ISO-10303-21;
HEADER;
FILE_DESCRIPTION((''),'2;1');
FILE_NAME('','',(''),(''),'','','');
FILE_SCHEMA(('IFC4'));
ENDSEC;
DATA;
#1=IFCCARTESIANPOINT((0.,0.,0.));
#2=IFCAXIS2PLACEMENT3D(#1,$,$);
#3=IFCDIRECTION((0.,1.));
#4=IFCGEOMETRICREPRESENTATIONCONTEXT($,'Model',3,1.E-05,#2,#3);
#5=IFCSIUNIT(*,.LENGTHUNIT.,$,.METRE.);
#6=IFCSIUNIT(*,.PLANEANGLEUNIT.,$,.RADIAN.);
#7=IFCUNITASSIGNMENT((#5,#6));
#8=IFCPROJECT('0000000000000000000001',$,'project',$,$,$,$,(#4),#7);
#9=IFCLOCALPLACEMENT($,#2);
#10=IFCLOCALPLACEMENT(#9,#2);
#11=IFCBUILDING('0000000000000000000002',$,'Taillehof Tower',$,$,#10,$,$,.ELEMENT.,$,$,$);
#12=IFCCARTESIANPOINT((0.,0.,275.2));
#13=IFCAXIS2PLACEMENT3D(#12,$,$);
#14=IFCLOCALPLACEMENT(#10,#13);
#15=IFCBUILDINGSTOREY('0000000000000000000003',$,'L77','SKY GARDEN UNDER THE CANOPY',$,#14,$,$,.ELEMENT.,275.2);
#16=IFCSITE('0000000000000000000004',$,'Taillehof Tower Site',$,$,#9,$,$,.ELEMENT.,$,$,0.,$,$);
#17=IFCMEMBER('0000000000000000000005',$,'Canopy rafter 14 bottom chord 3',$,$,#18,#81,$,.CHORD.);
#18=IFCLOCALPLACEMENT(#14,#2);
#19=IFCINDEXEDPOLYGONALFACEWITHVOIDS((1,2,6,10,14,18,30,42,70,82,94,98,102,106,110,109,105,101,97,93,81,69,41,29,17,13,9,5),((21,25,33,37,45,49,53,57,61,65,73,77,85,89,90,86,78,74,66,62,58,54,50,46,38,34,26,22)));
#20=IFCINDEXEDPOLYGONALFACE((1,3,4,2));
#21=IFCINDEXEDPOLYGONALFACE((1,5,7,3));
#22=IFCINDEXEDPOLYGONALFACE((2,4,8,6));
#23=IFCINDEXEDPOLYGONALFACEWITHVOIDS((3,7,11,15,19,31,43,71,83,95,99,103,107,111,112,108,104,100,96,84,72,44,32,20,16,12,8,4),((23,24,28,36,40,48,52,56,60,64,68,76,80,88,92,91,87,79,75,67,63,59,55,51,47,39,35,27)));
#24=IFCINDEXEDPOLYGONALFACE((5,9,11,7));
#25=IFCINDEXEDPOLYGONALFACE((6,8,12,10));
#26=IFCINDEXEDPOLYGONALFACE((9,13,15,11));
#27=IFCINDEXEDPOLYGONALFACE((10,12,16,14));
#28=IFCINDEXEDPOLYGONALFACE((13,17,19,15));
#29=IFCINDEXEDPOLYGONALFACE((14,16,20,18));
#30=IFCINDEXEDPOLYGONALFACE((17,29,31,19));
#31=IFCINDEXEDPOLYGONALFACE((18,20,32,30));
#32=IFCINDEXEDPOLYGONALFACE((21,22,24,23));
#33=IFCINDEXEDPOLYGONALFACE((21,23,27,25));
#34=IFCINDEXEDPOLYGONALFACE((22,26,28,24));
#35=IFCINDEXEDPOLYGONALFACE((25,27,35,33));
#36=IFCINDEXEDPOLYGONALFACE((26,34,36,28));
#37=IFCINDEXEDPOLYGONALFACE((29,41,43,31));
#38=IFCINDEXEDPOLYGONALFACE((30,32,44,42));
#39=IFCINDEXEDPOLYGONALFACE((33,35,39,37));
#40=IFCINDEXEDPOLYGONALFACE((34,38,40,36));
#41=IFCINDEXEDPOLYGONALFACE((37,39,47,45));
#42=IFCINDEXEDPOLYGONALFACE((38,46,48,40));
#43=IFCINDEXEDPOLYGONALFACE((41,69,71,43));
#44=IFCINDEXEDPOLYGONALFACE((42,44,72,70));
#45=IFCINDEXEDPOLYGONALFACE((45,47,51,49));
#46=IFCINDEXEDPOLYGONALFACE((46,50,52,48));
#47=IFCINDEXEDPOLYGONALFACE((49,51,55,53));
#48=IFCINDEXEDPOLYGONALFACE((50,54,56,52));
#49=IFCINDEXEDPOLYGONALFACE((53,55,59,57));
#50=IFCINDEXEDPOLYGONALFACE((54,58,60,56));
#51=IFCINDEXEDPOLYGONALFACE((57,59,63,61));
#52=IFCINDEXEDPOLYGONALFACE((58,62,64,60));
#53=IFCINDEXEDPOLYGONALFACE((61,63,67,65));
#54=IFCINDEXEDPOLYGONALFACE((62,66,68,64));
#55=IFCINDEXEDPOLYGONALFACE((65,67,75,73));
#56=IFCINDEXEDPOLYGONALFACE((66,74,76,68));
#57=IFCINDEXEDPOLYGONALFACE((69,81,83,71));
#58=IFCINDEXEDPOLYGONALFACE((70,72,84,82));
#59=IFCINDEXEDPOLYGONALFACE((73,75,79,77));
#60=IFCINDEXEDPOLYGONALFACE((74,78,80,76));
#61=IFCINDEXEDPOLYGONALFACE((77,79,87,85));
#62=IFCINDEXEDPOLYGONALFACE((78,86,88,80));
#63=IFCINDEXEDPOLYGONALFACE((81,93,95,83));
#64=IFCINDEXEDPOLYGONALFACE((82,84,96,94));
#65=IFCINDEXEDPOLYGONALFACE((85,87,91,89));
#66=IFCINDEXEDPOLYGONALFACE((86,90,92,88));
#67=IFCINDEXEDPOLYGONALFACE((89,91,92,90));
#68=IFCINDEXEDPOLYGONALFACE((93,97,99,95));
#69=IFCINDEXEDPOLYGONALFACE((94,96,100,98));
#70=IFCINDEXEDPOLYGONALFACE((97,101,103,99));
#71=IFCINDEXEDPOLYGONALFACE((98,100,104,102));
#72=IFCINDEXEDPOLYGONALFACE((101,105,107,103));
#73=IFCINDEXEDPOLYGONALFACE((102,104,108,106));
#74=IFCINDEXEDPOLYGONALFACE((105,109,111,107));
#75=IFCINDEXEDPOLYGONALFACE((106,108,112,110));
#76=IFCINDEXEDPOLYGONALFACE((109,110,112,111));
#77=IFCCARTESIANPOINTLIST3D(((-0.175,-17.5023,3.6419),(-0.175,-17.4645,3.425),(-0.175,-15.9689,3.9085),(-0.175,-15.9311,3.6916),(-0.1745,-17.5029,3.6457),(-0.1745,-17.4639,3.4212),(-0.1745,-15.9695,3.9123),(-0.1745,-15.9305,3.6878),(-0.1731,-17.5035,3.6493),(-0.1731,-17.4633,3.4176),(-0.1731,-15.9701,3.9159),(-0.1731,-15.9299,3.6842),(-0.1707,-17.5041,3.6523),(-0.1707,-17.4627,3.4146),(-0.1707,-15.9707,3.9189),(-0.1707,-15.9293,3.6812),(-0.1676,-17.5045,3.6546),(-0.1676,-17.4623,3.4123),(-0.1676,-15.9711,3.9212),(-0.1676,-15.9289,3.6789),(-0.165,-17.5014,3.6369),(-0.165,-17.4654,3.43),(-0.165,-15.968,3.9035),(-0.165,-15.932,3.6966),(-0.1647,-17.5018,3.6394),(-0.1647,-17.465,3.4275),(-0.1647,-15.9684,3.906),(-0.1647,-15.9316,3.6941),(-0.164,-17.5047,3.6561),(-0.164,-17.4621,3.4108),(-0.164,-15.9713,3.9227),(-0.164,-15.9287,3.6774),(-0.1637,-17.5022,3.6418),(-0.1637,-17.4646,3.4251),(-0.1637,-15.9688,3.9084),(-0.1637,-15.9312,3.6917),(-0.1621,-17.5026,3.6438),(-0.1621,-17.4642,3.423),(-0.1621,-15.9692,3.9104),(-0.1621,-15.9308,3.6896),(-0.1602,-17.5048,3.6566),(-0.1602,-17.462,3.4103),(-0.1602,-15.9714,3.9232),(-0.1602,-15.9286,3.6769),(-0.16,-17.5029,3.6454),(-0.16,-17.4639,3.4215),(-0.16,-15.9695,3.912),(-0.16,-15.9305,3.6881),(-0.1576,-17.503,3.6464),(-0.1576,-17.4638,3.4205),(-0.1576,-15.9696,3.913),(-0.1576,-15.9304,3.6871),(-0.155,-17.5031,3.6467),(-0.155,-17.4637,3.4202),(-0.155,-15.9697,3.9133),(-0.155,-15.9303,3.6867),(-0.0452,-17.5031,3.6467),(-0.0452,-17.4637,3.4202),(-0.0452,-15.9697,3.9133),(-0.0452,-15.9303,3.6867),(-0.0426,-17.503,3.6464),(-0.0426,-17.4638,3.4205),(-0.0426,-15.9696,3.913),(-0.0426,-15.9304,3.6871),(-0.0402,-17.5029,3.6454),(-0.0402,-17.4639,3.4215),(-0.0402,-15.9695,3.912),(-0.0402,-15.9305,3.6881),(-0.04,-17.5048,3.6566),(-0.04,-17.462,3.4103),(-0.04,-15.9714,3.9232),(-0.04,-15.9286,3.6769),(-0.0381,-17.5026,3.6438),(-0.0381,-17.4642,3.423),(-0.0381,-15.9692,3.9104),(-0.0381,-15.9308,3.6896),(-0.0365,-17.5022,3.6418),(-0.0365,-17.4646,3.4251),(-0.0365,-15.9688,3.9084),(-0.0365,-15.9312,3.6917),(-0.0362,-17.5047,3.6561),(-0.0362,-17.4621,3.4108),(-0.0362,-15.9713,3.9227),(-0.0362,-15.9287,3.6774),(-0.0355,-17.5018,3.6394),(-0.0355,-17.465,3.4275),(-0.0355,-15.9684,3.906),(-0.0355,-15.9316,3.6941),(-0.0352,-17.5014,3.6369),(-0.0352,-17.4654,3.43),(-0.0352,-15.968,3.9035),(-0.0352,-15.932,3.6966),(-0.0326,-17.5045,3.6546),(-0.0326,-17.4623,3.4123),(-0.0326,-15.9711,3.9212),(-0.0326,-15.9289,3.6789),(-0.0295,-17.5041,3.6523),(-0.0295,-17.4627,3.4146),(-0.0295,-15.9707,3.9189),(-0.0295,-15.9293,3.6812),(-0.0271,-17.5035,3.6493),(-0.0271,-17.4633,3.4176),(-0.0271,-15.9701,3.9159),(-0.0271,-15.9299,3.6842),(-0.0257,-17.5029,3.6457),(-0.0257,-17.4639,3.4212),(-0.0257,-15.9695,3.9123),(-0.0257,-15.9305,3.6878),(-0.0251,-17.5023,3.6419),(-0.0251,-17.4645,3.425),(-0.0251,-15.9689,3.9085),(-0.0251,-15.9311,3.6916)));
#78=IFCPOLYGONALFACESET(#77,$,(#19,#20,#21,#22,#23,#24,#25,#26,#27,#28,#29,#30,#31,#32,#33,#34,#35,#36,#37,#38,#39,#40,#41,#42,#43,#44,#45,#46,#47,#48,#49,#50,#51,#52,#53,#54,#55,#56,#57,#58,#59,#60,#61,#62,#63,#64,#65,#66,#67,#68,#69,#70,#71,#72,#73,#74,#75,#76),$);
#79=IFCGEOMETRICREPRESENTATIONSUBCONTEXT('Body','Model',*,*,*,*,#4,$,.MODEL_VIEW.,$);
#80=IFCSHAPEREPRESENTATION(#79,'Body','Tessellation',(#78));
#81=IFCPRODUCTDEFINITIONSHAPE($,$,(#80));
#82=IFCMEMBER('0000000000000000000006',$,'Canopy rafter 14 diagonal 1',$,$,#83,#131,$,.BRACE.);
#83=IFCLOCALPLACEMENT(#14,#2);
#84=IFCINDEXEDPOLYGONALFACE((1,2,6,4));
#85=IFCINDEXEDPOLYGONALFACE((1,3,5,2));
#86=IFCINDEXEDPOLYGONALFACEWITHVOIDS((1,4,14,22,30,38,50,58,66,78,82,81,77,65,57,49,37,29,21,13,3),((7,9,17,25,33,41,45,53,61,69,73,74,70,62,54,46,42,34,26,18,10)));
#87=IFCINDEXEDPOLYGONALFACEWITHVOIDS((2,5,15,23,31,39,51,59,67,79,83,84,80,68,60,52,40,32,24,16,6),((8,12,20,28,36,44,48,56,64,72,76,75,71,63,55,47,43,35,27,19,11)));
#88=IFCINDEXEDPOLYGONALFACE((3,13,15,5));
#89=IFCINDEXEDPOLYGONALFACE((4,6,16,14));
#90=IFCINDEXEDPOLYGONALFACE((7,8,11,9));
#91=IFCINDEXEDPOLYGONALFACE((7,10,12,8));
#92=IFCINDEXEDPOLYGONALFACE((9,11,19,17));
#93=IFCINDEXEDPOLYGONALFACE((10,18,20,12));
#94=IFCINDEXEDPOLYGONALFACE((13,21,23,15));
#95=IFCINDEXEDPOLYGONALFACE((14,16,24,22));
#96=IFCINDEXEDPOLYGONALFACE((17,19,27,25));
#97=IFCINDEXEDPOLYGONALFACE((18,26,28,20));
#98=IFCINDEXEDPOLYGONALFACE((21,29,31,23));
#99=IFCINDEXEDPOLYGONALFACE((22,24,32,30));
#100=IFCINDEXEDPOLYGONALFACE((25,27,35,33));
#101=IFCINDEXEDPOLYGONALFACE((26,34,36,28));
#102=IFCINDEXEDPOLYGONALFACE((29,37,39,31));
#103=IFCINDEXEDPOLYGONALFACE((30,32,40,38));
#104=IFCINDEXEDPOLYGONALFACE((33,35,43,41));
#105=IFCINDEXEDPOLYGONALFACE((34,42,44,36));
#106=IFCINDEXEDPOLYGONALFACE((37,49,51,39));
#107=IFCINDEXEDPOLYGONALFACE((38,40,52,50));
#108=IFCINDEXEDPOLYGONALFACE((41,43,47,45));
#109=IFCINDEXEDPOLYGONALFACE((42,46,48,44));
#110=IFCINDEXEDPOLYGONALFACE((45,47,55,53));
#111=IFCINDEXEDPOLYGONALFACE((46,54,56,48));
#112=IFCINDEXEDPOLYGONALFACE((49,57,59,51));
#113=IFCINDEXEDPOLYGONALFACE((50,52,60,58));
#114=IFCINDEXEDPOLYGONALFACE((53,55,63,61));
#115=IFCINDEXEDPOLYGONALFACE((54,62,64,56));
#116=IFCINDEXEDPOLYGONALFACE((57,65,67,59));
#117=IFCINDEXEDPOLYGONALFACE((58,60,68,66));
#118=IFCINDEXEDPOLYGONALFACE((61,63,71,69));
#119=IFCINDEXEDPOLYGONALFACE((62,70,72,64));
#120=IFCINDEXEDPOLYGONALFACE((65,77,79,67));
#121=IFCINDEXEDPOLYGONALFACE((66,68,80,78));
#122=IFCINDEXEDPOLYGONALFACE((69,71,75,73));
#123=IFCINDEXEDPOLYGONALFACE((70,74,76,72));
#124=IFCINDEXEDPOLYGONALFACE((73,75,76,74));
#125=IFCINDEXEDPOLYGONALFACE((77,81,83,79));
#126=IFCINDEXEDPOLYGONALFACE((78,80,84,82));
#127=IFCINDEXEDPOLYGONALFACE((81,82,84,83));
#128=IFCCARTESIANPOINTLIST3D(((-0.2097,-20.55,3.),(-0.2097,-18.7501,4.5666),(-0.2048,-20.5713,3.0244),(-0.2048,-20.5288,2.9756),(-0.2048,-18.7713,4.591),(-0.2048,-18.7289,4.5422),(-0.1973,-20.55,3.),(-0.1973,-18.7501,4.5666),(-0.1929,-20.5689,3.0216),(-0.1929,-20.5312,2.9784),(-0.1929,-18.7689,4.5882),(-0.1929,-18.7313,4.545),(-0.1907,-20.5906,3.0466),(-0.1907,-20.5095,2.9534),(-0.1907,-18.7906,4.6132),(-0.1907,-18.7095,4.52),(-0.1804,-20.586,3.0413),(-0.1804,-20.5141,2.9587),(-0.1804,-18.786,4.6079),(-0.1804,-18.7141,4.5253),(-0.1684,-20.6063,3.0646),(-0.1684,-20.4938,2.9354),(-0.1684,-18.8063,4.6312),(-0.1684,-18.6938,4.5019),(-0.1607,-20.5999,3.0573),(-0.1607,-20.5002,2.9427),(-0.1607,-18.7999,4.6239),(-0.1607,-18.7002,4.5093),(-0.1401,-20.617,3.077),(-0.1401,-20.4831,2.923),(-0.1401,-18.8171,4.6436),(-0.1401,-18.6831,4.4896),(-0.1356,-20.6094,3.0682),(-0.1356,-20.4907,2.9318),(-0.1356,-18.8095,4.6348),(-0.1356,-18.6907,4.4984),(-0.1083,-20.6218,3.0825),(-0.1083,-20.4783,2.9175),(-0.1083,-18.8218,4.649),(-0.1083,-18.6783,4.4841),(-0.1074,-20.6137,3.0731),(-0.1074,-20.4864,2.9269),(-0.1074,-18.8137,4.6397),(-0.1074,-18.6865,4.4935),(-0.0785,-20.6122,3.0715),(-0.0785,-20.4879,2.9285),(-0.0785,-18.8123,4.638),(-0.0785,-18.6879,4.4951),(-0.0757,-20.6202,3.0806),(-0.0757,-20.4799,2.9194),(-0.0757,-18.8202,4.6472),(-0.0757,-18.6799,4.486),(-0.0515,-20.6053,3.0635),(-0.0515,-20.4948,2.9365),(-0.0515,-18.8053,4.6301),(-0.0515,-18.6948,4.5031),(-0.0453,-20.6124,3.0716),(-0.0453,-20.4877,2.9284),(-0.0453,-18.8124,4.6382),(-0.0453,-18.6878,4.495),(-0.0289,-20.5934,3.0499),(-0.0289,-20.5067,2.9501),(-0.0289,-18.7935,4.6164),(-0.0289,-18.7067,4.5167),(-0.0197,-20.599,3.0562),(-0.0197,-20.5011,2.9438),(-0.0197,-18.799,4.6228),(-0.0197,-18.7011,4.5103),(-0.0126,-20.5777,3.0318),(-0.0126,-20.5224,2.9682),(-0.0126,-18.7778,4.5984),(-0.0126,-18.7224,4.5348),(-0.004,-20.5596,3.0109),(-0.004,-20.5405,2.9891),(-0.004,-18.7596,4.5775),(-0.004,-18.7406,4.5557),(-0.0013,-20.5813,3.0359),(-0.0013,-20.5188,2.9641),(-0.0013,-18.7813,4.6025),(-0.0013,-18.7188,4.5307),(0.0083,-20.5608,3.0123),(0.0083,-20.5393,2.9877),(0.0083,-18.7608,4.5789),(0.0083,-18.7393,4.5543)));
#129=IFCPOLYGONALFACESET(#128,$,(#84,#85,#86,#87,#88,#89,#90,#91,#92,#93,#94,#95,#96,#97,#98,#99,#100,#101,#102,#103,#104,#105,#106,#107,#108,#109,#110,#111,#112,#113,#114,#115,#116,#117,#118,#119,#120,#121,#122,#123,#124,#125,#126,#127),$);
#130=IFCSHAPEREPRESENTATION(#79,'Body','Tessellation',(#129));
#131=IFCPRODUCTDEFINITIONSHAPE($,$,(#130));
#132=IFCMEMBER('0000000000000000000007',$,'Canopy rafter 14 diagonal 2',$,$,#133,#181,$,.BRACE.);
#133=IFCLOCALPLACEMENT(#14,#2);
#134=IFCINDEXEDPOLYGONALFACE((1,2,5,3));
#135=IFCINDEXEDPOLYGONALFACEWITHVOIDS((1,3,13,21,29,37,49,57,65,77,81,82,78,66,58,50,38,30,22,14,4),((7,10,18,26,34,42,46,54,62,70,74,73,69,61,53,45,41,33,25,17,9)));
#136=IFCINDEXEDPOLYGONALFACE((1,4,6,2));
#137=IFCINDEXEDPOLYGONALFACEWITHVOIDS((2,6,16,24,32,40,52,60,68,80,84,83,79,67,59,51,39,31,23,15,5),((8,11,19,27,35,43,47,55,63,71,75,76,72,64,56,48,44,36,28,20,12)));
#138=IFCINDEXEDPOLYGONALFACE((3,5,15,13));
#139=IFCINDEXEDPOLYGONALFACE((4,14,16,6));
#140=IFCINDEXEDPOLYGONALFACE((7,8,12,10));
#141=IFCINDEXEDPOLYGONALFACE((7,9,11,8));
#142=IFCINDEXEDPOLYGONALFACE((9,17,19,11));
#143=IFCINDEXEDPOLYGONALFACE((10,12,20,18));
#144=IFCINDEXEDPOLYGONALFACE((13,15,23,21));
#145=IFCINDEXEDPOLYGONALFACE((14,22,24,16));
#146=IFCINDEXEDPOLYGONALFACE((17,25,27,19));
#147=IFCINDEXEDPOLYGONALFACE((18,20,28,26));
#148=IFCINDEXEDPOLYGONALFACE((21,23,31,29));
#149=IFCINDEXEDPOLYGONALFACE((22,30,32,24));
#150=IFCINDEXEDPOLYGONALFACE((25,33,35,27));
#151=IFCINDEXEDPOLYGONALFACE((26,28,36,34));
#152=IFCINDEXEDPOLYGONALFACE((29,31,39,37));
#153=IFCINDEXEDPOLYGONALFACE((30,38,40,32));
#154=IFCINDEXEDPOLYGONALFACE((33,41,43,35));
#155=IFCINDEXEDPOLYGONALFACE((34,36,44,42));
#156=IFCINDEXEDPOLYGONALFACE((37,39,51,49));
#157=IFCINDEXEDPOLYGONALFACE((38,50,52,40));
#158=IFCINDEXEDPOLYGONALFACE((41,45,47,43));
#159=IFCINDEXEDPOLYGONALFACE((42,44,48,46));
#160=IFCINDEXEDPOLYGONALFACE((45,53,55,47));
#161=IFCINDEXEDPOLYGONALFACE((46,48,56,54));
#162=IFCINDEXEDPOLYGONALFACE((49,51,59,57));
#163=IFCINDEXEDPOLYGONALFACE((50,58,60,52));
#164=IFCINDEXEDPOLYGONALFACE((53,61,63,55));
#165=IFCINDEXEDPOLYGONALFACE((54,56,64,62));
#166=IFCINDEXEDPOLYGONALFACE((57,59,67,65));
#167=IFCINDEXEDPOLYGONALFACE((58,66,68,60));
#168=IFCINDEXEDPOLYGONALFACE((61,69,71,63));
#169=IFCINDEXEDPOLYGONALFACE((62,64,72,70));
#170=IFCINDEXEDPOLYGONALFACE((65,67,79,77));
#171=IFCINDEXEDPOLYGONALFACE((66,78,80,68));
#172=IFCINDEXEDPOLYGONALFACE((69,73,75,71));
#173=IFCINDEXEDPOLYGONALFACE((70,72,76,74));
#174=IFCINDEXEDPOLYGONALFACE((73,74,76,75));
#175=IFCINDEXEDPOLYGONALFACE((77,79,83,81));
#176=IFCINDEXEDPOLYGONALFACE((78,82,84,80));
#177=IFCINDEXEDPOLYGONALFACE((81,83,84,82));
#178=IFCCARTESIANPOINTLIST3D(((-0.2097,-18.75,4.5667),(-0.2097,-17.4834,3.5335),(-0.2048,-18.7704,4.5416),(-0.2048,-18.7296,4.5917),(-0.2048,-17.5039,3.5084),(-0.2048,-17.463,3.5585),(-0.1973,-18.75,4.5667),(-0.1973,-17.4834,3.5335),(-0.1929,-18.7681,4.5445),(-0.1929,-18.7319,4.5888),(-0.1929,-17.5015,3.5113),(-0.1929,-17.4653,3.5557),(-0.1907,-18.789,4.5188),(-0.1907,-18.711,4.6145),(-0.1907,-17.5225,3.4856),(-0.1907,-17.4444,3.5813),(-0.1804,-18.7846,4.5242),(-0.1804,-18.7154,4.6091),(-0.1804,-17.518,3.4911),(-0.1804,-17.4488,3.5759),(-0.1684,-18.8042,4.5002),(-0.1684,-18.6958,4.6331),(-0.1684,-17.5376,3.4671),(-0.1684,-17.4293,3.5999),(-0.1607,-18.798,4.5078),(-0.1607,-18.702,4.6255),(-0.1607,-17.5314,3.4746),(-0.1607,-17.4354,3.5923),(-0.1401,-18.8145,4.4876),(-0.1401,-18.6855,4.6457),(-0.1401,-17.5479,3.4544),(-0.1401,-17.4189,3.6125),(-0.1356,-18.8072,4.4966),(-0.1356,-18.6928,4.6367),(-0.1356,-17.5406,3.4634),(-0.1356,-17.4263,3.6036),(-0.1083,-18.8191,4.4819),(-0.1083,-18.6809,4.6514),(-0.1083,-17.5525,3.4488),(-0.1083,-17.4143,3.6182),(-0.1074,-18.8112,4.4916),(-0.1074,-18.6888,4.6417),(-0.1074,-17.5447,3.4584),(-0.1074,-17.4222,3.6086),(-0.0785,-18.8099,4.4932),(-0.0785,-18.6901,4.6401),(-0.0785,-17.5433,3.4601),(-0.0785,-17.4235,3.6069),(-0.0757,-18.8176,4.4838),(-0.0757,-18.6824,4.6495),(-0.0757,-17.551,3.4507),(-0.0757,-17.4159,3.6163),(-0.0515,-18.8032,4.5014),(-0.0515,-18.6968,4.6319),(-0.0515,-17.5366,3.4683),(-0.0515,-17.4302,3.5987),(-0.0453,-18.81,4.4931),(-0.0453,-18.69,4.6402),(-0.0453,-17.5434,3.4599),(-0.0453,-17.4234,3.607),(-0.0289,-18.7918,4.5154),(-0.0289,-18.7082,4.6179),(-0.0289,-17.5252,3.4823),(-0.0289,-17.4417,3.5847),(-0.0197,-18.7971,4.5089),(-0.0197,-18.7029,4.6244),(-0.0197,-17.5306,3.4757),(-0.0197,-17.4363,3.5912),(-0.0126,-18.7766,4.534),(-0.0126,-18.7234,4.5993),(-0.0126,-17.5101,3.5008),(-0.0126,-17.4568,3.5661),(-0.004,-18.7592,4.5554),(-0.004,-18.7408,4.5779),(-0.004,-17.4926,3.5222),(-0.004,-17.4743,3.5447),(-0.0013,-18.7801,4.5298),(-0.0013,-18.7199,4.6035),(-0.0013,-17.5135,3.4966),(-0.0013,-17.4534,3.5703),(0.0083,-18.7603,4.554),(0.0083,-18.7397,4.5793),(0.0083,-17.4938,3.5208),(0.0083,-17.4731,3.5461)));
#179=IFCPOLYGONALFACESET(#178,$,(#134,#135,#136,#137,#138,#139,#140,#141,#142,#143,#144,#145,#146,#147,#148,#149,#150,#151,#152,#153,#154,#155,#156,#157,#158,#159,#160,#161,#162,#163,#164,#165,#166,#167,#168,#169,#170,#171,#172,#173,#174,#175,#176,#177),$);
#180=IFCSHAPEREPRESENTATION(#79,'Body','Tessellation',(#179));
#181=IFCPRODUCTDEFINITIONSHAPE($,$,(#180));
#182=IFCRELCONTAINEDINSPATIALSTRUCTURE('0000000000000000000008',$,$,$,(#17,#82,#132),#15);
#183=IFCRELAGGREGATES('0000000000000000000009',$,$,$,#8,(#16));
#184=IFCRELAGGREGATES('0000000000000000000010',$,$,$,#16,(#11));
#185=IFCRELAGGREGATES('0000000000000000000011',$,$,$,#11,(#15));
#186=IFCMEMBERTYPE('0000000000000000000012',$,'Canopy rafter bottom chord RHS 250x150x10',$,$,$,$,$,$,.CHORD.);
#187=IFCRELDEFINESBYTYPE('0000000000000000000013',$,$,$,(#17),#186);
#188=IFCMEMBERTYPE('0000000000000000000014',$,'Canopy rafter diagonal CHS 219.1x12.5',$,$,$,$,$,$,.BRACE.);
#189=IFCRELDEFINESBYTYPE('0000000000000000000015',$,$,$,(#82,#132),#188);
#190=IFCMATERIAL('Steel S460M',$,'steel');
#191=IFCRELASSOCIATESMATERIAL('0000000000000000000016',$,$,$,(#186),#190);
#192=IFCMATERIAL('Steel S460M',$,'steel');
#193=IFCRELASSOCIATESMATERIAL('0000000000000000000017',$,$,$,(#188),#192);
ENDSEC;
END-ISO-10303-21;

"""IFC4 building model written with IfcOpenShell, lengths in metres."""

from ifc_helpers import new_model, si_unit, direction, frame, origin, origin_2d, place, context, subcontext, project, spatial, hollow_rectangle, hollow_circle, extrude, material, material_profile, profile_set, type_object, element, save


model = new_model("IFC4")

# Units and contexts
model_context = context("Model", 3, precision=1e-05, world=origin(), true_north=direction((0.0, 1.0)))
body_context = subcontext(model_context, "Body", "Model", "MODEL_VIEW")
ifc_project = project(units=[si_unit("LENGTHUNIT", "METRE"), si_unit("PLANEANGLEUNIT", "RADIAN")], contexts=[model_context])

# Site, building, storey
site_placement = place(None, origin())
site = spatial("IfcSite", under=ifc_project, at=site_placement, Name="Taillehof Tower Site", CompositionType="ELEMENT", RefElevation=0.0)
building_placement = place(site_placement, origin())
building = spatial("IfcBuilding", under=site, at=building_placement, Name="Taillehof Tower", CompositionType="ELEMENT")
storey_placement = place(building_placement, frame((0.0, 0.0, 275.2)))
storey = spatial("IfcBuildingStorey", under=building, at=storey_placement, Name="L77", Description="SKY GARDEN UNDER THE CANOPY", CompositionType="ELEMENT", Elevation=275.2)

# Members
ifc_material_1 = material(Name="Steel S460M", Category="steel")
ifc_material_profile_1 = material_profile(ifc_material_1, hollow_rectangle(XDim=0.1499, YDim=0.25, WallThickness=0.01, InnerFilletRadius=0.01, OuterFilletRadius=0.0149, at=origin_2d()), Name="RHS 250x150x10")
ifc_profile_set_1 = profile_set([ifc_material_profile_1], Name="Steel S460M")
member_type_1 = type_object("IfcMemberType", Name="Canopy rafter bottom chord RHS 250x150x10", PredefinedType="CHORD", material=ifc_profile_set_1)
member_1_placement = place(storey_placement, frame((-0.1001, -17.4834, 3.5334), z_axis=(0.0, 0.985221, 0.171288), x_axis=(-1.0, 0.0, 0.0)))
element("IfcMember", 1, at=member_1_placement, inside=storey, type_object=member_type_1, Name="Canopy rafter 14 bottom chord 3", PredefinedType="CHORD", context=body_context, shape_type="SweptSolid", body=[
    extrude(hollow_rectangle(XDim=0.1499, YDim=0.25, WallThickness=0.01, InnerFilletRadius=0.01, OuterFilletRadius=0.0149, at=origin_2d()), origin(), (0.0, 0.0, 1.0), 1.5564),
])
ifc_material_2 = material(Name="Steel S460M", Category="steel")
ifc_material_profile_2 = material_profile(ifc_material_2, hollow_circle(Radius=0.1096, WallThickness=0.0125, at=origin_2d()), Name="CHS 219.1x12.5")
ifc_profile_set_2 = profile_set([ifc_material_profile_2], Name="Steel S460M")
member_type_2 = type_object("IfcMemberType", Name="Canopy rafter diagonal CHS 219.1x12.5", PredefinedType="BRACE", material=ifc_profile_set_2)
member_2_placement = place(storey_placement, frame((-0.1001, -20.55, 3.0), z_axis=(0.0, 0.754317, 0.65651), x_axis=(-1.0, 0.0, 0.0)))
element("IfcMember", 2, at=member_2_placement, inside=storey, type_object=member_type_2, Name="Canopy rafter 14 diagonal 1", PredefinedType="BRACE", context=body_context, shape_type="SweptSolid", body=[
    extrude(hollow_circle(Radius=0.1096, WallThickness=0.0125, at=origin_2d()), origin(), (0.0, 0.0, 1.0), 2.3862),
])
member_3_placement = place(storey_placement, frame((-0.1001, -18.75, 4.5667), z_axis=(0.0, 0.774888, -0.632098), x_axis=(-1.0, 0.0, 0.0)))
element("IfcMember", 3, at=member_3_placement, inside=storey, type_object=member_type_2, Name="Canopy rafter 14 diagonal 2", PredefinedType="BRACE", context=body_context, shape_type="SweptSolid", body=[
    extrude(hollow_circle(Radius=0.1096, WallThickness=0.0125, at=origin_2d()), origin(), (0.0, 0.0, 1.0), 1.6345),
])

save(model, "model.ifc")
